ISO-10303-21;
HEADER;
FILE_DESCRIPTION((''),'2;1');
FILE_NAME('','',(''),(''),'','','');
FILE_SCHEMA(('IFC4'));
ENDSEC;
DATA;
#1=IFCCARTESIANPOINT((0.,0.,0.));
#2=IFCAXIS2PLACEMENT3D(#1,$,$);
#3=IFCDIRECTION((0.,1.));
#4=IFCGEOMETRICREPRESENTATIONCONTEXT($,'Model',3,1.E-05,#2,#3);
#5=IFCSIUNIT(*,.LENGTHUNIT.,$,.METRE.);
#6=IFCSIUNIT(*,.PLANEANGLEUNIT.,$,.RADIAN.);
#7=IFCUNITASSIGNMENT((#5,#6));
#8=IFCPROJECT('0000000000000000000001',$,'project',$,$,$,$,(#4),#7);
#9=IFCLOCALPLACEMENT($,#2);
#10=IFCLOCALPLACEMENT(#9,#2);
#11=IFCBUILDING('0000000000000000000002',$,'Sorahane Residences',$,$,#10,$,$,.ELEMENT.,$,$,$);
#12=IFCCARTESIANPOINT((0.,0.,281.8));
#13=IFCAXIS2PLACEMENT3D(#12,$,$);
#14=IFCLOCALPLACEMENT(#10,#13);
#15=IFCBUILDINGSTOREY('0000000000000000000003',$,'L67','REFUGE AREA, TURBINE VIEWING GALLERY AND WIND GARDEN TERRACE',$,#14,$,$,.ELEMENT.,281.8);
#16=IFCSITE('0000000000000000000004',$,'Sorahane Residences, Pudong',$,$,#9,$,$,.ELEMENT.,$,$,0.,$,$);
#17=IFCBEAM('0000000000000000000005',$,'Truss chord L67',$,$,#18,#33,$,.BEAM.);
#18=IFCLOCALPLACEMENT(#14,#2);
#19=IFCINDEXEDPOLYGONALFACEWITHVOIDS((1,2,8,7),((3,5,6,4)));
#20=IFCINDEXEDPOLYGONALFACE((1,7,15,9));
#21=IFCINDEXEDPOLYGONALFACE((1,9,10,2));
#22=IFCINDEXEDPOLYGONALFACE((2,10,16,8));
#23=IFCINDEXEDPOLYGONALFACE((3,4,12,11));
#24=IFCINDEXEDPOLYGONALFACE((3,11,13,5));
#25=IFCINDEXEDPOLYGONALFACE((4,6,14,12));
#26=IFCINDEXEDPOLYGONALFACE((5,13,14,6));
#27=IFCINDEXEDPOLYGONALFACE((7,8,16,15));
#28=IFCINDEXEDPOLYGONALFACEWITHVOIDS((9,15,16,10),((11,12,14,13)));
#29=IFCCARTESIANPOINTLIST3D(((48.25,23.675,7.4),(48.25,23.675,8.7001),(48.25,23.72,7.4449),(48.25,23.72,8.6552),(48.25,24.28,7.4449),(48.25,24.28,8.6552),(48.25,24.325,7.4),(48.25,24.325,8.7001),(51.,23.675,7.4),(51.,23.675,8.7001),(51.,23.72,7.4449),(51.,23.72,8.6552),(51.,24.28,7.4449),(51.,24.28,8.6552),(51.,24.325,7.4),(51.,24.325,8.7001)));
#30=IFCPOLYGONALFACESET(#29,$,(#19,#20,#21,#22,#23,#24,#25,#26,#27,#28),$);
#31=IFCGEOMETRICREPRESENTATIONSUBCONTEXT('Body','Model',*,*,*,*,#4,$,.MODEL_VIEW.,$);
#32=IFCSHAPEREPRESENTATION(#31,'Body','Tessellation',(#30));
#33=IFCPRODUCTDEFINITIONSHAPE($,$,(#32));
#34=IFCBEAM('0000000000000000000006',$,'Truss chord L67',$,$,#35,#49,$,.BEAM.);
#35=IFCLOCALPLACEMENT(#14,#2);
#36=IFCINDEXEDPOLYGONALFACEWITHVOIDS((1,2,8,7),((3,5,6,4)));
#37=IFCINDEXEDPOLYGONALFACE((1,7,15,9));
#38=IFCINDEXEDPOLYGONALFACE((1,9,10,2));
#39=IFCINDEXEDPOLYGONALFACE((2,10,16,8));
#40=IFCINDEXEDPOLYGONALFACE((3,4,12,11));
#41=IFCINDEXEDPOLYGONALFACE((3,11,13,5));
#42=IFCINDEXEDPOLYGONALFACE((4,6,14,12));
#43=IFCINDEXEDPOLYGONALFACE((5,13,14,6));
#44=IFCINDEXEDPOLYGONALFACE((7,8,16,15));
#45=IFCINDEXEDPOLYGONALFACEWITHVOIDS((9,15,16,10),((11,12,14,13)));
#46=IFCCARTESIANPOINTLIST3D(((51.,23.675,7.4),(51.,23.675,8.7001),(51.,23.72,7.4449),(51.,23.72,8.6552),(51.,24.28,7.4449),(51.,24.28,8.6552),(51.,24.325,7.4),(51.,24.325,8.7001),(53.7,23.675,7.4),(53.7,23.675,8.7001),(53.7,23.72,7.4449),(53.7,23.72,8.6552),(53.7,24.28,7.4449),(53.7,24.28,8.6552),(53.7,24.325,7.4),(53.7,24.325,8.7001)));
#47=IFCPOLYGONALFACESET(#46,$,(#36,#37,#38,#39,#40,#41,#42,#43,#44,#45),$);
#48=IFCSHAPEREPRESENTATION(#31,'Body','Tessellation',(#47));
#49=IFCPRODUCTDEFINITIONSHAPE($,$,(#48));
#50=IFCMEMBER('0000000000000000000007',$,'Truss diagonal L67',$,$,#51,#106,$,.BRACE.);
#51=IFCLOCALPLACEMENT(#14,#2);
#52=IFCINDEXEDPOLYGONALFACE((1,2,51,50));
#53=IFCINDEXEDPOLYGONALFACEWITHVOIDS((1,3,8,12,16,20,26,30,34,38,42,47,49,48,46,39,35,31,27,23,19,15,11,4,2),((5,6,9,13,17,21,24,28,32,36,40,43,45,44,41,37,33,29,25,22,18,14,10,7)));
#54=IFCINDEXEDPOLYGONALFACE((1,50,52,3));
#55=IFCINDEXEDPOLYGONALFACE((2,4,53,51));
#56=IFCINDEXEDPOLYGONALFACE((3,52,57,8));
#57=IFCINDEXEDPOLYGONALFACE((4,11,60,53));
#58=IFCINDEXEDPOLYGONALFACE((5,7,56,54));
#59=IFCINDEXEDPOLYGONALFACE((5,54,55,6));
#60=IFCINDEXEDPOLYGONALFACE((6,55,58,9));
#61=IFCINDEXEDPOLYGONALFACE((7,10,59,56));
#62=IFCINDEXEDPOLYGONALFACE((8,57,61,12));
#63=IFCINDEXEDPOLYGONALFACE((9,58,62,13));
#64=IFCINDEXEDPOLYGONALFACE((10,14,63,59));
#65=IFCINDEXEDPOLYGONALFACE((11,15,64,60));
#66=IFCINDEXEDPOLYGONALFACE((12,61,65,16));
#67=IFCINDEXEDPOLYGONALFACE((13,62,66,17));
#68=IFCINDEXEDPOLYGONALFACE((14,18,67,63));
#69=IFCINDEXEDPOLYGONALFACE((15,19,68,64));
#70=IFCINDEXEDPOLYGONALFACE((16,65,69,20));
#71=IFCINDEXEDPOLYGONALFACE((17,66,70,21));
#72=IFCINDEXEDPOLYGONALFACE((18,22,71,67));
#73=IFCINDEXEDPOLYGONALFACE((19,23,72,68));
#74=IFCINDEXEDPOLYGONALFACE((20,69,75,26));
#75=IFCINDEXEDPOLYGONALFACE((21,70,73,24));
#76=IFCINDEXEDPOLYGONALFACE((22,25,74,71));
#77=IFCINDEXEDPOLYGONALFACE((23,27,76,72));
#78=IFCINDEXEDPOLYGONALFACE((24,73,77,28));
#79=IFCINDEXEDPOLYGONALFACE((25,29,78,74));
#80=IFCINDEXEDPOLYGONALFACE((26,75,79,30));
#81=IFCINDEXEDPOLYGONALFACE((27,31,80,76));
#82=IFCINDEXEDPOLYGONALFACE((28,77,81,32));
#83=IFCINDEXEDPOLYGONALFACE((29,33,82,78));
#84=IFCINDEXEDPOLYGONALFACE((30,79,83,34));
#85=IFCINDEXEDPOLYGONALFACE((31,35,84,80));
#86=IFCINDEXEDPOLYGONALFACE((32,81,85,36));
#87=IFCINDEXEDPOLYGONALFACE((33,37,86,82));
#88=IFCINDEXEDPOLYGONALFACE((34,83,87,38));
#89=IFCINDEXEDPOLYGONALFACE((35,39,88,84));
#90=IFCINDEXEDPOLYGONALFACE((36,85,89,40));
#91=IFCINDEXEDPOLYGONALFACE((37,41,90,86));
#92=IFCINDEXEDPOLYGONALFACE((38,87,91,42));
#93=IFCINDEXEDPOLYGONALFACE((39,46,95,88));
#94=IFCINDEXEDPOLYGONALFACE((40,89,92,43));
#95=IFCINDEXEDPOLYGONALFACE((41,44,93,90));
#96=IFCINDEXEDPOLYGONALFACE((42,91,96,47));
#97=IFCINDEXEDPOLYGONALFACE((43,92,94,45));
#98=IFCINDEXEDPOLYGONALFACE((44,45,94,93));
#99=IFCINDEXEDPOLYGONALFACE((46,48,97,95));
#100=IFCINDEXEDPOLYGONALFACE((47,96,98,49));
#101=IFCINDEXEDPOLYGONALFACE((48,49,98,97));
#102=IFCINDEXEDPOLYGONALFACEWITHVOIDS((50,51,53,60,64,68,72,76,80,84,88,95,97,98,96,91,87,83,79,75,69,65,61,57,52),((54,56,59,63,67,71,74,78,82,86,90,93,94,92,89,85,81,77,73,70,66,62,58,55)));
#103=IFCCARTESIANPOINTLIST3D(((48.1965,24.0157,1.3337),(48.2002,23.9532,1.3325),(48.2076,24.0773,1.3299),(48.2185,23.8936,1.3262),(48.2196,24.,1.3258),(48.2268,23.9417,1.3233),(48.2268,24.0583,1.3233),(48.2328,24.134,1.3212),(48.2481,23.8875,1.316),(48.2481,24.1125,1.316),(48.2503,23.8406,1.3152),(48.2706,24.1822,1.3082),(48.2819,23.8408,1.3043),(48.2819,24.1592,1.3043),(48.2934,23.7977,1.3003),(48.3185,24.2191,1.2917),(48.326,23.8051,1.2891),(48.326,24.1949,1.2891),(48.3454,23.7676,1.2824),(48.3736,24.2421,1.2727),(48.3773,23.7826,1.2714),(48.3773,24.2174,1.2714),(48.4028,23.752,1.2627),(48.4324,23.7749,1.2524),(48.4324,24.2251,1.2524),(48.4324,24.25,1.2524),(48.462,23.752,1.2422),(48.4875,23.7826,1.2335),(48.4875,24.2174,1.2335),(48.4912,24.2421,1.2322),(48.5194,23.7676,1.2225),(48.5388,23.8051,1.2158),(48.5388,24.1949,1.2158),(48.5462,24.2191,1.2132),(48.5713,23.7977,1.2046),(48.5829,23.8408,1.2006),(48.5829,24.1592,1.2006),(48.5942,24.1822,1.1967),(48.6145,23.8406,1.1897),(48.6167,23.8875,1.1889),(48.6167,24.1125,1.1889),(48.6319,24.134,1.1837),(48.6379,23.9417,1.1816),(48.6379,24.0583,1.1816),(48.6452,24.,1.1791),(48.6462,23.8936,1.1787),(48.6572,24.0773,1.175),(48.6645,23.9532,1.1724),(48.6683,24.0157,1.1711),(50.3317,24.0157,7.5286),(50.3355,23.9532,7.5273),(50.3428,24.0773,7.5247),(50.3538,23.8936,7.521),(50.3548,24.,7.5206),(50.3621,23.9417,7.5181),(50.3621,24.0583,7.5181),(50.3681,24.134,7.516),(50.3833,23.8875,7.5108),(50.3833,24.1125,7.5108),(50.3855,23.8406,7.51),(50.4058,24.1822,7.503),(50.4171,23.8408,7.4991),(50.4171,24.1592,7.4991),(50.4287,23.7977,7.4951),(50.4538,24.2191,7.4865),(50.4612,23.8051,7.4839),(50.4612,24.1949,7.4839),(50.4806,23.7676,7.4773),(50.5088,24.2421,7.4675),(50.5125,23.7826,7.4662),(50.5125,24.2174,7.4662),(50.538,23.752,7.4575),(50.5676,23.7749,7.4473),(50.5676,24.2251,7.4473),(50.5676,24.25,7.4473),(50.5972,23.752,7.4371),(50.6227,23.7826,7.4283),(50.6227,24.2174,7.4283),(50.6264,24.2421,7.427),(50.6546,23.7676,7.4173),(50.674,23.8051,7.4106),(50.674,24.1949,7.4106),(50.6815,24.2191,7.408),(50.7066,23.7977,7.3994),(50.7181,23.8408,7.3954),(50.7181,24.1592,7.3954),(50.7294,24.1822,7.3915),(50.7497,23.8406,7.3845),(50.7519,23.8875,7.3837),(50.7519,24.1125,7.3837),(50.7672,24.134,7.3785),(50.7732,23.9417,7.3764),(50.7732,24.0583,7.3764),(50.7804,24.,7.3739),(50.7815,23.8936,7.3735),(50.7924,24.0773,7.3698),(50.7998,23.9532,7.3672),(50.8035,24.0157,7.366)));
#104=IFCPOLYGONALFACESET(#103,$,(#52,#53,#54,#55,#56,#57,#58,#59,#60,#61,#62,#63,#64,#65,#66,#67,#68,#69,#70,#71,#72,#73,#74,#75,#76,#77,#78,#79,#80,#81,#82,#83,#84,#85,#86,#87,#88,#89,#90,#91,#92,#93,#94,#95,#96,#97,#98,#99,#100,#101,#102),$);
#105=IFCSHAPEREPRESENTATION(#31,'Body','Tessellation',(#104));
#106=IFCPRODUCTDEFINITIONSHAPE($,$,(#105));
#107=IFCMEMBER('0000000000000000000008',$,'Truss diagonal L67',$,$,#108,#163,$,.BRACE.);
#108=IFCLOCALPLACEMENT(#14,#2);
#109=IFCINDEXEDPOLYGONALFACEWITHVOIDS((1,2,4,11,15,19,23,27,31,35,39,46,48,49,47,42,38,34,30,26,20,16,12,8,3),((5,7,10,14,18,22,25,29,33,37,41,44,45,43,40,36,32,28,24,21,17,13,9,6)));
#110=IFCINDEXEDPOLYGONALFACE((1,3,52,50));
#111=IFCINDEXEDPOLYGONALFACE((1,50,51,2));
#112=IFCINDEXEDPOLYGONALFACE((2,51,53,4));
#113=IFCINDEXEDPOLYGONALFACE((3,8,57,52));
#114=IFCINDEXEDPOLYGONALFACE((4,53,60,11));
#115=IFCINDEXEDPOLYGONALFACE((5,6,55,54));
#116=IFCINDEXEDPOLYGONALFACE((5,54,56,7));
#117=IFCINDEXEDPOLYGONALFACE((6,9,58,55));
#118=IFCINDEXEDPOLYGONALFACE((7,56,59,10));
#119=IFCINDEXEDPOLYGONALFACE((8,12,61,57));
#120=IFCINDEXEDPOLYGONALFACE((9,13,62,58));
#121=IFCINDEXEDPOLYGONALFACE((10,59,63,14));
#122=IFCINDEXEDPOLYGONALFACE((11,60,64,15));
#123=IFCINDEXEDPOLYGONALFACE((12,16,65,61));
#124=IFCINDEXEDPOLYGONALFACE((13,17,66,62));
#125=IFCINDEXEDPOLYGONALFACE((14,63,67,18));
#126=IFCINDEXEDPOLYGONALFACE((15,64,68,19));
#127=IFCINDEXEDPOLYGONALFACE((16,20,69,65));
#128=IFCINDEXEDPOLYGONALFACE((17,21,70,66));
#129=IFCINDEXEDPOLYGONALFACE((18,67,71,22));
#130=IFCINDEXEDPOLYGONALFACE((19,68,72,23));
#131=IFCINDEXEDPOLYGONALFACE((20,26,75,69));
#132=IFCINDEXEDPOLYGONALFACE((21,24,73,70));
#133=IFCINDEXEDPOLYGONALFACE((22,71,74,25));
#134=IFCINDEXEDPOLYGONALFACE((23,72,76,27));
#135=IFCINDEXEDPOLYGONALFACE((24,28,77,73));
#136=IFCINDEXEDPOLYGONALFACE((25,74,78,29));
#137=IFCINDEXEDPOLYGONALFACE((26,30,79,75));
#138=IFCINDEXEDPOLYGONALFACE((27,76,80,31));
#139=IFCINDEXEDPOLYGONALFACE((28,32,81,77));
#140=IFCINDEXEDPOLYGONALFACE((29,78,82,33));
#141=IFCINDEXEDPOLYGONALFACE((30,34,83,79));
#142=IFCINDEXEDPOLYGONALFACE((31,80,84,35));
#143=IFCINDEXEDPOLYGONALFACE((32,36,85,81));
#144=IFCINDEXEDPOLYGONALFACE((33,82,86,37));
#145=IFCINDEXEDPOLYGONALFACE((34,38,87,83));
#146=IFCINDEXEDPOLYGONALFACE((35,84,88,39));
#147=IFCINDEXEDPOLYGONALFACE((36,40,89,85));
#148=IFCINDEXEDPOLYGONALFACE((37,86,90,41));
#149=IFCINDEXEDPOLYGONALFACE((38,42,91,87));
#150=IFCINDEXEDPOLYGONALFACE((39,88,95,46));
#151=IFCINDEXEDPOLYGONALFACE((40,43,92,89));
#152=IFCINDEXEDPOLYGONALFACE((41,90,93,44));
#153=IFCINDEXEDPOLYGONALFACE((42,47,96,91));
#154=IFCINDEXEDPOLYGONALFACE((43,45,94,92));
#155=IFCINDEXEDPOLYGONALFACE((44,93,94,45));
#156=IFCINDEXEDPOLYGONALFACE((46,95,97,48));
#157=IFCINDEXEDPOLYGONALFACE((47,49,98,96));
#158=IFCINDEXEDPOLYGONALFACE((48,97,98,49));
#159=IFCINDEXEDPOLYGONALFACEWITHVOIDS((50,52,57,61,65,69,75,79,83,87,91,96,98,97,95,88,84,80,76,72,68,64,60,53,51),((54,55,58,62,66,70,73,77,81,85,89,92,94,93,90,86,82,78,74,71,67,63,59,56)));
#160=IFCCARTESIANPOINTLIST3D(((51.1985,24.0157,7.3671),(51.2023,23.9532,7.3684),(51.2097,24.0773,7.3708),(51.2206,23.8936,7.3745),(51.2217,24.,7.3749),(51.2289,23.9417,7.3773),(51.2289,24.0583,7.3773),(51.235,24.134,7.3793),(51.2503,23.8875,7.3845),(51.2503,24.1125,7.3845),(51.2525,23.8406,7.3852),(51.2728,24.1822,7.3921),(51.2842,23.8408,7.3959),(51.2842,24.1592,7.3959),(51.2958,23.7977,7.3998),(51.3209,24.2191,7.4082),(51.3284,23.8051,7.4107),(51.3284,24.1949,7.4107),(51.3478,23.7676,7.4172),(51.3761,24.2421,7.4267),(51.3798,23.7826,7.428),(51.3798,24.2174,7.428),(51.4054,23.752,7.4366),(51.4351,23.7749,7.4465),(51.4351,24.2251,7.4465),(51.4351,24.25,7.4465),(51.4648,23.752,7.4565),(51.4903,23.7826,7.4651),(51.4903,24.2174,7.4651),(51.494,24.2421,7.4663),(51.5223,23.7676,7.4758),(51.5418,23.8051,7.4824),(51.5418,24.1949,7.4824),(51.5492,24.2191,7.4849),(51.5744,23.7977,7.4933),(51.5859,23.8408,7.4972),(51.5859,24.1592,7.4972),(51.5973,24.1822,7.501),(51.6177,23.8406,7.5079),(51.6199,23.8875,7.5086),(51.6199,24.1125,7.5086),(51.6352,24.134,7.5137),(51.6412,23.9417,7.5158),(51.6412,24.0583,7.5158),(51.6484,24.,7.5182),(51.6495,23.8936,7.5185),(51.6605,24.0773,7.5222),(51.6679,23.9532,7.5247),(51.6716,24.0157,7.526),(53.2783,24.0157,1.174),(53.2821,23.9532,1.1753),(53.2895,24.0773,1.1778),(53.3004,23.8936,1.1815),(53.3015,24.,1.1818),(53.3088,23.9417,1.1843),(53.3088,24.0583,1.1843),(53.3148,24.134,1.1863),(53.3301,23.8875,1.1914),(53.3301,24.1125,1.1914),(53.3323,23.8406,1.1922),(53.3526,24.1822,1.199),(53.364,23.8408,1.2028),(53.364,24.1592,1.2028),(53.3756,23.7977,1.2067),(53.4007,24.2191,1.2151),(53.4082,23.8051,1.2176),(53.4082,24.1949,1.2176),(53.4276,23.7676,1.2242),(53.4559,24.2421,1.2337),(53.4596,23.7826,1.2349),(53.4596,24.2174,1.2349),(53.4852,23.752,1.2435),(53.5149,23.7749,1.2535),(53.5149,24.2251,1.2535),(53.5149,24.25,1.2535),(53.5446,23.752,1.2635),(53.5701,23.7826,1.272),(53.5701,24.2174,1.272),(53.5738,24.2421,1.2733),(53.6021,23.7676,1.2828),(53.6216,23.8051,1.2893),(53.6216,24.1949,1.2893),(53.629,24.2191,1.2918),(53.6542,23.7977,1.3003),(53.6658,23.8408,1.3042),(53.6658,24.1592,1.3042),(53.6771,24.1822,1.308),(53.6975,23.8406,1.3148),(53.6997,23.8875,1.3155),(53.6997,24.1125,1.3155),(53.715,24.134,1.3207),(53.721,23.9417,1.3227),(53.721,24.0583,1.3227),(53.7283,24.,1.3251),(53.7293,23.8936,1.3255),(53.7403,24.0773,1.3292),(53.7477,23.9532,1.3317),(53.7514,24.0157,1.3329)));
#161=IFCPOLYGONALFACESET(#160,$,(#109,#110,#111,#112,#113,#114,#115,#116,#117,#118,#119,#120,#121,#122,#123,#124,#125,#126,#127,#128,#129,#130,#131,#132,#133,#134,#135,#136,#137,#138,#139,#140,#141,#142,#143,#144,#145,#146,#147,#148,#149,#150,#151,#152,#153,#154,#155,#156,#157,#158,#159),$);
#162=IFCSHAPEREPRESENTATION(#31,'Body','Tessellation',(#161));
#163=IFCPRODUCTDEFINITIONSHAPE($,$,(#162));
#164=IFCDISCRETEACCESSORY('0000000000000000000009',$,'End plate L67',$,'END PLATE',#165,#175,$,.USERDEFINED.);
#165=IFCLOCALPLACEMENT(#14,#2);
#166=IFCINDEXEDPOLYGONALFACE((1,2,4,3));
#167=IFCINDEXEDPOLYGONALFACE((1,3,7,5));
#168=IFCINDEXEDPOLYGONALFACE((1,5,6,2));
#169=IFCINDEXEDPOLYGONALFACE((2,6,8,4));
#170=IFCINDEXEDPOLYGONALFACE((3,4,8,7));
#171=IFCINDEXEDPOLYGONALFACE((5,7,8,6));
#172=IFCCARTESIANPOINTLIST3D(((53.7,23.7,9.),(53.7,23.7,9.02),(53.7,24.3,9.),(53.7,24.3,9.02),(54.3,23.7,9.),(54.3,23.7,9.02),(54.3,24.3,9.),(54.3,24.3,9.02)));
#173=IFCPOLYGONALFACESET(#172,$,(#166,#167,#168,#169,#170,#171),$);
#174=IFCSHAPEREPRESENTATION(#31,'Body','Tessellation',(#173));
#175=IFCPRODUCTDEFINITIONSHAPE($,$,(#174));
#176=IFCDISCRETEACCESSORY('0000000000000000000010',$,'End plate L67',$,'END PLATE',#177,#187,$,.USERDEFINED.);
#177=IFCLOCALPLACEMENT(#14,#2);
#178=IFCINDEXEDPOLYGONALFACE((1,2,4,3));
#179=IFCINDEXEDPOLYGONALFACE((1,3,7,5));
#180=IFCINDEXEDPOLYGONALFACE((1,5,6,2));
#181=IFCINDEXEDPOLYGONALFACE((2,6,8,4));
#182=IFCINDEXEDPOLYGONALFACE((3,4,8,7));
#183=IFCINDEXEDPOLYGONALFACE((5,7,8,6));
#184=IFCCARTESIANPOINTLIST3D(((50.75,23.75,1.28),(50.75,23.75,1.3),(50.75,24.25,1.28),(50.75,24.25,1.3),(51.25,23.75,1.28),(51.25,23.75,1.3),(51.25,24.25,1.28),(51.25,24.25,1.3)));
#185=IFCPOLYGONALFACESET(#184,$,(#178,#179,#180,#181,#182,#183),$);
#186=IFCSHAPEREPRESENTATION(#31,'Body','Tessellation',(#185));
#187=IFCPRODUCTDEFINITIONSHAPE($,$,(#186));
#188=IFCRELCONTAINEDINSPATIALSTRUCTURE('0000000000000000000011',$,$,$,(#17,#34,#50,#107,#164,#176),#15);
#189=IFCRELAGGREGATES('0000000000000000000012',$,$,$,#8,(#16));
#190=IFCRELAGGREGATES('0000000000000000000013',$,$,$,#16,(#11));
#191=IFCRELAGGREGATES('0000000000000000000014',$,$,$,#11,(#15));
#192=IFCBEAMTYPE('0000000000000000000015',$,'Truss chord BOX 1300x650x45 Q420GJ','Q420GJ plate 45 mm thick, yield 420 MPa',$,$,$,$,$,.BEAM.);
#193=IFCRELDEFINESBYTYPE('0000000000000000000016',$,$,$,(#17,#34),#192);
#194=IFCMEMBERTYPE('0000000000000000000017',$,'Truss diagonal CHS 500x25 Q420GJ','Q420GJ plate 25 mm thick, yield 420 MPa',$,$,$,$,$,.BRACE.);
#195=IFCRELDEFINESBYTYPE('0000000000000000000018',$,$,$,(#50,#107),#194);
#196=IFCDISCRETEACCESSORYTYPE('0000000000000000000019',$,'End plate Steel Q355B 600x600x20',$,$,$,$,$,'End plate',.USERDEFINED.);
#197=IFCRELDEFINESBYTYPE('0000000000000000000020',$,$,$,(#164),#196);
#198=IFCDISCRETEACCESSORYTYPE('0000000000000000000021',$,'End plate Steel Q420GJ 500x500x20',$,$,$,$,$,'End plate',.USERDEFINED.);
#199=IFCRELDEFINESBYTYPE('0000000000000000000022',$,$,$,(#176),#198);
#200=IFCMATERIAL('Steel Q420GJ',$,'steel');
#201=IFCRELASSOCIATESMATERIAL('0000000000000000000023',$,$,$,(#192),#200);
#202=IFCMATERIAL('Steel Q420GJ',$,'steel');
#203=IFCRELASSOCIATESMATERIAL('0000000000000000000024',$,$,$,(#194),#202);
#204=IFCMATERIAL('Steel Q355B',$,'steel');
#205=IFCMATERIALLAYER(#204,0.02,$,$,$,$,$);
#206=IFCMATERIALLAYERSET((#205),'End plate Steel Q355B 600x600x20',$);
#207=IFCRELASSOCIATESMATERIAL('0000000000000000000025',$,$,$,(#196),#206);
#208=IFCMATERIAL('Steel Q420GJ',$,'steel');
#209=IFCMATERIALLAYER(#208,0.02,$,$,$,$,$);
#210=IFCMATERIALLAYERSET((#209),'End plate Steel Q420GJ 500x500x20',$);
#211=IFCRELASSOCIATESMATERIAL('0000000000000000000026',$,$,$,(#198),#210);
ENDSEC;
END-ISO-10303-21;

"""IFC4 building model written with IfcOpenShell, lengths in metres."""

from ifc_helpers import new_model, si_unit, direction, frame, origin, origin_2d, place, context, subcontext, project, spatial, rectangle, hollow_rectangle, hollow_circle, extrude, material, layer, layer_set, material_profile, profile_set, type_object, element, save


model = new_model("IFC4")

# Units and contexts
model_context = context("Model", 3, precision=1e-05, world=origin(), true_north=direction((0.0, 1.0)))
body_context = subcontext(model_context, "Body", "Model", "MODEL_VIEW")
ifc_project = project(units=[si_unit("LENGTHUNIT", "METRE"), si_unit("PLANEANGLEUNIT", "RADIAN")], contexts=[model_context])

# Site, building, storey
site_placement = place(None, origin())
site = spatial("IfcSite", under=ifc_project, at=site_placement, Name="Sorahane Residences, Pudong", CompositionType="ELEMENT", RefElevation=0.0)
building_placement = place(site_placement, origin())
building = spatial("IfcBuilding", under=site, at=building_placement, Name="Sorahane Residences", CompositionType="ELEMENT")
storey_placement = place(building_placement, frame((0.0, 0.0, 281.8)))
storey = spatial("IfcBuildingStorey", under=building, at=storey_placement, Name="L67", Description="REFUGE AREA, TURBINE VIEWING GALLERY AND WIND GARDEN TERRACE", CompositionType="ELEMENT", Elevation=281.8)

# Beams
ifc_material_1 = material(Name="Steel Q420GJ", Category="steel")
ifc_material_profile_1 = material_profile(ifc_material_1, hollow_rectangle(XDim=0.6499, YDim=1.3, WallThickness=0.0449, at=origin_2d()), Name="BOX 1300x650x45")
ifc_profile_set_1 = profile_set([ifc_material_profile_1], Name="Steel Q420GJ")
beam_type_1 = type_object("IfcBeamType", Name="Truss chord BOX 1300x650x45 Q420GJ", Description="Q420GJ plate 45 mm thick, yield 420 MPa", PredefinedType="BEAM", material=ifc_profile_set_1)
beam_1_placement = place(storey_placement, frame((48.25, 24.0, 8.05), z_axis=(1.0, 0.0, 0.0), x_axis=(0.0, 1.0, 0.0)))
element("IfcBeam", 1, at=beam_1_placement, inside=storey, type_object=beam_type_1, Name="Truss chord L67", PredefinedType="BEAM", context=body_context, shape_type="SweptSolid", body=[
    extrude(hollow_rectangle(XDim=0.6499, YDim=1.3, WallThickness=0.0449, at=origin_2d()), origin(), (0.0, 0.0, 1.0), 2.75),
])
beam_2_placement = place(storey_placement, frame((51.0, 24.0, 8.05), z_axis=(1.0, 0.0, 0.0), x_axis=(0.0, 1.0, 0.0)))
element("IfcBeam", 2, at=beam_2_placement, inside=storey, type_object=beam_type_1, Name="Truss chord L67", PredefinedType="BEAM", context=body_context, shape_type="SweptSolid", body=[
    extrude(hollow_rectangle(XDim=0.6499, YDim=1.3, WallThickness=0.0449, at=origin_2d()), origin(), (0.0, 0.0, 1.0), 2.7),
])

# Members
ifc_material_2 = material(Name="Steel Q420GJ", Category="steel")
ifc_material_profile_2 = material_profile(ifc_material_2, hollow_circle(Radius=0.25, WallThickness=0.0249, at=origin_2d()), Name="CHS 500x25")
ifc_profile_set_2 = profile_set([ifc_material_profile_2], Name="Steel Q420GJ")
member_type = type_object("IfcMemberType", Name="Truss diagonal CHS 500x25 Q420GJ", Description="Q420GJ plate 25 mm thick, yield 420 MPa", PredefinedType="BRACE", material=ifc_profile_set_2)
member_1_placement = place(storey_placement, frame((48.4324, 24.0, 1.2524), z_axis=(0.325869, 0.0, 0.945415), x_axis=(0.0, 1.0, 0.0)))
element("IfcMember", 3, at=member_1_placement, inside=storey, type_object=member_type, Name="Truss diagonal L67", PredefinedType="BRACE", context=body_context, shape_type="SweptSolid", body=[
    extrude(hollow_circle(Radius=0.25, WallThickness=0.0249, at=origin_2d()), origin(), (0.0, 0.0, 1.0), 6.5525),
])
member_2_placement = place(storey_placement, frame((51.4351, 24.0, 7.4465), z_axis=(0.318357, 0.0, -0.947971), x_axis=(0.0, 1.0, 0.0)))
element("IfcMember", 4, at=member_2_placement, inside=storey, type_object=member_type, Name="Truss diagonal L67", PredefinedType="BRACE", context=body_context, shape_type="SweptSolid", body=[
    extrude(hollow_circle(Radius=0.25, WallThickness=0.0249, at=origin_2d()), origin(), (0.0, 0.0, 1.0), 6.533),
])

# Discrete accessories
ifc_material_3 = material(Name="Steel Q355B", Category="steel")
ifc_layer_1 = layer(ifc_material_3, 0.02)
ifc_layer_set_1 = layer_set([ifc_layer_1], Name="End plate Steel Q355B 600x600x20")
discrete_accessory_type_1 = type_object("IfcDiscreteAccessoryType", Name="End plate Steel Q355B 600x600x20", ElementType="End plate", PredefinedType="USERDEFINED", material=ifc_layer_set_1)
discrete_accessory_1_placement = place(storey_placement, frame((54.0, 24.0, 9.0), z_axis=(0.0, 0.0, 1.0), x_axis=(1.0, 0.0, 0.0)))
element("IfcDiscreteAccessory", 5, at=discrete_accessory_1_placement, inside=storey, type_object=discrete_accessory_type_1, Name="End plate L67", ObjectType="END PLATE", PredefinedType="USERDEFINED", context=body_context, shape_type="SweptSolid", body=[
    extrude(rectangle(XDim=0.6001, YDim=0.6001, at=origin_2d()), origin(), (0.0, 0.0, 1.0), 0.02),
])
ifc_material_4 = material(Name="Steel Q420GJ", Category="steel")
ifc_layer_2 = layer(ifc_material_4, 0.02)
ifc_layer_set_2 = layer_set([ifc_layer_2], Name="End plate Steel Q420GJ 500x500x20")
discrete_accessory_type_2 = type_object("IfcDiscreteAccessoryType", Name="End plate Steel Q420GJ 500x500x20", ElementType="End plate", PredefinedType="USERDEFINED", material=ifc_layer_set_2)
discrete_accessory_2_placement = place(storey_placement, frame((51.0, 24.0, 1.28), z_axis=(0.0, 0.0, 1.0), x_axis=(1.0, 0.0, 0.0)))
element("IfcDiscreteAccessory", 6, at=discrete_accessory_2_placement, inside=storey, type_object=discrete_accessory_type_2, Name="End plate L67", ObjectType="END PLATE", PredefinedType="USERDEFINED", context=body_context, shape_type="SweptSolid", body=[
    extrude(rectangle(XDim=0.5, YDim=0.5, at=origin_2d()), origin(), (0.0, 0.0, 1.0), 0.02),
])

save(model, "model.ifc")
